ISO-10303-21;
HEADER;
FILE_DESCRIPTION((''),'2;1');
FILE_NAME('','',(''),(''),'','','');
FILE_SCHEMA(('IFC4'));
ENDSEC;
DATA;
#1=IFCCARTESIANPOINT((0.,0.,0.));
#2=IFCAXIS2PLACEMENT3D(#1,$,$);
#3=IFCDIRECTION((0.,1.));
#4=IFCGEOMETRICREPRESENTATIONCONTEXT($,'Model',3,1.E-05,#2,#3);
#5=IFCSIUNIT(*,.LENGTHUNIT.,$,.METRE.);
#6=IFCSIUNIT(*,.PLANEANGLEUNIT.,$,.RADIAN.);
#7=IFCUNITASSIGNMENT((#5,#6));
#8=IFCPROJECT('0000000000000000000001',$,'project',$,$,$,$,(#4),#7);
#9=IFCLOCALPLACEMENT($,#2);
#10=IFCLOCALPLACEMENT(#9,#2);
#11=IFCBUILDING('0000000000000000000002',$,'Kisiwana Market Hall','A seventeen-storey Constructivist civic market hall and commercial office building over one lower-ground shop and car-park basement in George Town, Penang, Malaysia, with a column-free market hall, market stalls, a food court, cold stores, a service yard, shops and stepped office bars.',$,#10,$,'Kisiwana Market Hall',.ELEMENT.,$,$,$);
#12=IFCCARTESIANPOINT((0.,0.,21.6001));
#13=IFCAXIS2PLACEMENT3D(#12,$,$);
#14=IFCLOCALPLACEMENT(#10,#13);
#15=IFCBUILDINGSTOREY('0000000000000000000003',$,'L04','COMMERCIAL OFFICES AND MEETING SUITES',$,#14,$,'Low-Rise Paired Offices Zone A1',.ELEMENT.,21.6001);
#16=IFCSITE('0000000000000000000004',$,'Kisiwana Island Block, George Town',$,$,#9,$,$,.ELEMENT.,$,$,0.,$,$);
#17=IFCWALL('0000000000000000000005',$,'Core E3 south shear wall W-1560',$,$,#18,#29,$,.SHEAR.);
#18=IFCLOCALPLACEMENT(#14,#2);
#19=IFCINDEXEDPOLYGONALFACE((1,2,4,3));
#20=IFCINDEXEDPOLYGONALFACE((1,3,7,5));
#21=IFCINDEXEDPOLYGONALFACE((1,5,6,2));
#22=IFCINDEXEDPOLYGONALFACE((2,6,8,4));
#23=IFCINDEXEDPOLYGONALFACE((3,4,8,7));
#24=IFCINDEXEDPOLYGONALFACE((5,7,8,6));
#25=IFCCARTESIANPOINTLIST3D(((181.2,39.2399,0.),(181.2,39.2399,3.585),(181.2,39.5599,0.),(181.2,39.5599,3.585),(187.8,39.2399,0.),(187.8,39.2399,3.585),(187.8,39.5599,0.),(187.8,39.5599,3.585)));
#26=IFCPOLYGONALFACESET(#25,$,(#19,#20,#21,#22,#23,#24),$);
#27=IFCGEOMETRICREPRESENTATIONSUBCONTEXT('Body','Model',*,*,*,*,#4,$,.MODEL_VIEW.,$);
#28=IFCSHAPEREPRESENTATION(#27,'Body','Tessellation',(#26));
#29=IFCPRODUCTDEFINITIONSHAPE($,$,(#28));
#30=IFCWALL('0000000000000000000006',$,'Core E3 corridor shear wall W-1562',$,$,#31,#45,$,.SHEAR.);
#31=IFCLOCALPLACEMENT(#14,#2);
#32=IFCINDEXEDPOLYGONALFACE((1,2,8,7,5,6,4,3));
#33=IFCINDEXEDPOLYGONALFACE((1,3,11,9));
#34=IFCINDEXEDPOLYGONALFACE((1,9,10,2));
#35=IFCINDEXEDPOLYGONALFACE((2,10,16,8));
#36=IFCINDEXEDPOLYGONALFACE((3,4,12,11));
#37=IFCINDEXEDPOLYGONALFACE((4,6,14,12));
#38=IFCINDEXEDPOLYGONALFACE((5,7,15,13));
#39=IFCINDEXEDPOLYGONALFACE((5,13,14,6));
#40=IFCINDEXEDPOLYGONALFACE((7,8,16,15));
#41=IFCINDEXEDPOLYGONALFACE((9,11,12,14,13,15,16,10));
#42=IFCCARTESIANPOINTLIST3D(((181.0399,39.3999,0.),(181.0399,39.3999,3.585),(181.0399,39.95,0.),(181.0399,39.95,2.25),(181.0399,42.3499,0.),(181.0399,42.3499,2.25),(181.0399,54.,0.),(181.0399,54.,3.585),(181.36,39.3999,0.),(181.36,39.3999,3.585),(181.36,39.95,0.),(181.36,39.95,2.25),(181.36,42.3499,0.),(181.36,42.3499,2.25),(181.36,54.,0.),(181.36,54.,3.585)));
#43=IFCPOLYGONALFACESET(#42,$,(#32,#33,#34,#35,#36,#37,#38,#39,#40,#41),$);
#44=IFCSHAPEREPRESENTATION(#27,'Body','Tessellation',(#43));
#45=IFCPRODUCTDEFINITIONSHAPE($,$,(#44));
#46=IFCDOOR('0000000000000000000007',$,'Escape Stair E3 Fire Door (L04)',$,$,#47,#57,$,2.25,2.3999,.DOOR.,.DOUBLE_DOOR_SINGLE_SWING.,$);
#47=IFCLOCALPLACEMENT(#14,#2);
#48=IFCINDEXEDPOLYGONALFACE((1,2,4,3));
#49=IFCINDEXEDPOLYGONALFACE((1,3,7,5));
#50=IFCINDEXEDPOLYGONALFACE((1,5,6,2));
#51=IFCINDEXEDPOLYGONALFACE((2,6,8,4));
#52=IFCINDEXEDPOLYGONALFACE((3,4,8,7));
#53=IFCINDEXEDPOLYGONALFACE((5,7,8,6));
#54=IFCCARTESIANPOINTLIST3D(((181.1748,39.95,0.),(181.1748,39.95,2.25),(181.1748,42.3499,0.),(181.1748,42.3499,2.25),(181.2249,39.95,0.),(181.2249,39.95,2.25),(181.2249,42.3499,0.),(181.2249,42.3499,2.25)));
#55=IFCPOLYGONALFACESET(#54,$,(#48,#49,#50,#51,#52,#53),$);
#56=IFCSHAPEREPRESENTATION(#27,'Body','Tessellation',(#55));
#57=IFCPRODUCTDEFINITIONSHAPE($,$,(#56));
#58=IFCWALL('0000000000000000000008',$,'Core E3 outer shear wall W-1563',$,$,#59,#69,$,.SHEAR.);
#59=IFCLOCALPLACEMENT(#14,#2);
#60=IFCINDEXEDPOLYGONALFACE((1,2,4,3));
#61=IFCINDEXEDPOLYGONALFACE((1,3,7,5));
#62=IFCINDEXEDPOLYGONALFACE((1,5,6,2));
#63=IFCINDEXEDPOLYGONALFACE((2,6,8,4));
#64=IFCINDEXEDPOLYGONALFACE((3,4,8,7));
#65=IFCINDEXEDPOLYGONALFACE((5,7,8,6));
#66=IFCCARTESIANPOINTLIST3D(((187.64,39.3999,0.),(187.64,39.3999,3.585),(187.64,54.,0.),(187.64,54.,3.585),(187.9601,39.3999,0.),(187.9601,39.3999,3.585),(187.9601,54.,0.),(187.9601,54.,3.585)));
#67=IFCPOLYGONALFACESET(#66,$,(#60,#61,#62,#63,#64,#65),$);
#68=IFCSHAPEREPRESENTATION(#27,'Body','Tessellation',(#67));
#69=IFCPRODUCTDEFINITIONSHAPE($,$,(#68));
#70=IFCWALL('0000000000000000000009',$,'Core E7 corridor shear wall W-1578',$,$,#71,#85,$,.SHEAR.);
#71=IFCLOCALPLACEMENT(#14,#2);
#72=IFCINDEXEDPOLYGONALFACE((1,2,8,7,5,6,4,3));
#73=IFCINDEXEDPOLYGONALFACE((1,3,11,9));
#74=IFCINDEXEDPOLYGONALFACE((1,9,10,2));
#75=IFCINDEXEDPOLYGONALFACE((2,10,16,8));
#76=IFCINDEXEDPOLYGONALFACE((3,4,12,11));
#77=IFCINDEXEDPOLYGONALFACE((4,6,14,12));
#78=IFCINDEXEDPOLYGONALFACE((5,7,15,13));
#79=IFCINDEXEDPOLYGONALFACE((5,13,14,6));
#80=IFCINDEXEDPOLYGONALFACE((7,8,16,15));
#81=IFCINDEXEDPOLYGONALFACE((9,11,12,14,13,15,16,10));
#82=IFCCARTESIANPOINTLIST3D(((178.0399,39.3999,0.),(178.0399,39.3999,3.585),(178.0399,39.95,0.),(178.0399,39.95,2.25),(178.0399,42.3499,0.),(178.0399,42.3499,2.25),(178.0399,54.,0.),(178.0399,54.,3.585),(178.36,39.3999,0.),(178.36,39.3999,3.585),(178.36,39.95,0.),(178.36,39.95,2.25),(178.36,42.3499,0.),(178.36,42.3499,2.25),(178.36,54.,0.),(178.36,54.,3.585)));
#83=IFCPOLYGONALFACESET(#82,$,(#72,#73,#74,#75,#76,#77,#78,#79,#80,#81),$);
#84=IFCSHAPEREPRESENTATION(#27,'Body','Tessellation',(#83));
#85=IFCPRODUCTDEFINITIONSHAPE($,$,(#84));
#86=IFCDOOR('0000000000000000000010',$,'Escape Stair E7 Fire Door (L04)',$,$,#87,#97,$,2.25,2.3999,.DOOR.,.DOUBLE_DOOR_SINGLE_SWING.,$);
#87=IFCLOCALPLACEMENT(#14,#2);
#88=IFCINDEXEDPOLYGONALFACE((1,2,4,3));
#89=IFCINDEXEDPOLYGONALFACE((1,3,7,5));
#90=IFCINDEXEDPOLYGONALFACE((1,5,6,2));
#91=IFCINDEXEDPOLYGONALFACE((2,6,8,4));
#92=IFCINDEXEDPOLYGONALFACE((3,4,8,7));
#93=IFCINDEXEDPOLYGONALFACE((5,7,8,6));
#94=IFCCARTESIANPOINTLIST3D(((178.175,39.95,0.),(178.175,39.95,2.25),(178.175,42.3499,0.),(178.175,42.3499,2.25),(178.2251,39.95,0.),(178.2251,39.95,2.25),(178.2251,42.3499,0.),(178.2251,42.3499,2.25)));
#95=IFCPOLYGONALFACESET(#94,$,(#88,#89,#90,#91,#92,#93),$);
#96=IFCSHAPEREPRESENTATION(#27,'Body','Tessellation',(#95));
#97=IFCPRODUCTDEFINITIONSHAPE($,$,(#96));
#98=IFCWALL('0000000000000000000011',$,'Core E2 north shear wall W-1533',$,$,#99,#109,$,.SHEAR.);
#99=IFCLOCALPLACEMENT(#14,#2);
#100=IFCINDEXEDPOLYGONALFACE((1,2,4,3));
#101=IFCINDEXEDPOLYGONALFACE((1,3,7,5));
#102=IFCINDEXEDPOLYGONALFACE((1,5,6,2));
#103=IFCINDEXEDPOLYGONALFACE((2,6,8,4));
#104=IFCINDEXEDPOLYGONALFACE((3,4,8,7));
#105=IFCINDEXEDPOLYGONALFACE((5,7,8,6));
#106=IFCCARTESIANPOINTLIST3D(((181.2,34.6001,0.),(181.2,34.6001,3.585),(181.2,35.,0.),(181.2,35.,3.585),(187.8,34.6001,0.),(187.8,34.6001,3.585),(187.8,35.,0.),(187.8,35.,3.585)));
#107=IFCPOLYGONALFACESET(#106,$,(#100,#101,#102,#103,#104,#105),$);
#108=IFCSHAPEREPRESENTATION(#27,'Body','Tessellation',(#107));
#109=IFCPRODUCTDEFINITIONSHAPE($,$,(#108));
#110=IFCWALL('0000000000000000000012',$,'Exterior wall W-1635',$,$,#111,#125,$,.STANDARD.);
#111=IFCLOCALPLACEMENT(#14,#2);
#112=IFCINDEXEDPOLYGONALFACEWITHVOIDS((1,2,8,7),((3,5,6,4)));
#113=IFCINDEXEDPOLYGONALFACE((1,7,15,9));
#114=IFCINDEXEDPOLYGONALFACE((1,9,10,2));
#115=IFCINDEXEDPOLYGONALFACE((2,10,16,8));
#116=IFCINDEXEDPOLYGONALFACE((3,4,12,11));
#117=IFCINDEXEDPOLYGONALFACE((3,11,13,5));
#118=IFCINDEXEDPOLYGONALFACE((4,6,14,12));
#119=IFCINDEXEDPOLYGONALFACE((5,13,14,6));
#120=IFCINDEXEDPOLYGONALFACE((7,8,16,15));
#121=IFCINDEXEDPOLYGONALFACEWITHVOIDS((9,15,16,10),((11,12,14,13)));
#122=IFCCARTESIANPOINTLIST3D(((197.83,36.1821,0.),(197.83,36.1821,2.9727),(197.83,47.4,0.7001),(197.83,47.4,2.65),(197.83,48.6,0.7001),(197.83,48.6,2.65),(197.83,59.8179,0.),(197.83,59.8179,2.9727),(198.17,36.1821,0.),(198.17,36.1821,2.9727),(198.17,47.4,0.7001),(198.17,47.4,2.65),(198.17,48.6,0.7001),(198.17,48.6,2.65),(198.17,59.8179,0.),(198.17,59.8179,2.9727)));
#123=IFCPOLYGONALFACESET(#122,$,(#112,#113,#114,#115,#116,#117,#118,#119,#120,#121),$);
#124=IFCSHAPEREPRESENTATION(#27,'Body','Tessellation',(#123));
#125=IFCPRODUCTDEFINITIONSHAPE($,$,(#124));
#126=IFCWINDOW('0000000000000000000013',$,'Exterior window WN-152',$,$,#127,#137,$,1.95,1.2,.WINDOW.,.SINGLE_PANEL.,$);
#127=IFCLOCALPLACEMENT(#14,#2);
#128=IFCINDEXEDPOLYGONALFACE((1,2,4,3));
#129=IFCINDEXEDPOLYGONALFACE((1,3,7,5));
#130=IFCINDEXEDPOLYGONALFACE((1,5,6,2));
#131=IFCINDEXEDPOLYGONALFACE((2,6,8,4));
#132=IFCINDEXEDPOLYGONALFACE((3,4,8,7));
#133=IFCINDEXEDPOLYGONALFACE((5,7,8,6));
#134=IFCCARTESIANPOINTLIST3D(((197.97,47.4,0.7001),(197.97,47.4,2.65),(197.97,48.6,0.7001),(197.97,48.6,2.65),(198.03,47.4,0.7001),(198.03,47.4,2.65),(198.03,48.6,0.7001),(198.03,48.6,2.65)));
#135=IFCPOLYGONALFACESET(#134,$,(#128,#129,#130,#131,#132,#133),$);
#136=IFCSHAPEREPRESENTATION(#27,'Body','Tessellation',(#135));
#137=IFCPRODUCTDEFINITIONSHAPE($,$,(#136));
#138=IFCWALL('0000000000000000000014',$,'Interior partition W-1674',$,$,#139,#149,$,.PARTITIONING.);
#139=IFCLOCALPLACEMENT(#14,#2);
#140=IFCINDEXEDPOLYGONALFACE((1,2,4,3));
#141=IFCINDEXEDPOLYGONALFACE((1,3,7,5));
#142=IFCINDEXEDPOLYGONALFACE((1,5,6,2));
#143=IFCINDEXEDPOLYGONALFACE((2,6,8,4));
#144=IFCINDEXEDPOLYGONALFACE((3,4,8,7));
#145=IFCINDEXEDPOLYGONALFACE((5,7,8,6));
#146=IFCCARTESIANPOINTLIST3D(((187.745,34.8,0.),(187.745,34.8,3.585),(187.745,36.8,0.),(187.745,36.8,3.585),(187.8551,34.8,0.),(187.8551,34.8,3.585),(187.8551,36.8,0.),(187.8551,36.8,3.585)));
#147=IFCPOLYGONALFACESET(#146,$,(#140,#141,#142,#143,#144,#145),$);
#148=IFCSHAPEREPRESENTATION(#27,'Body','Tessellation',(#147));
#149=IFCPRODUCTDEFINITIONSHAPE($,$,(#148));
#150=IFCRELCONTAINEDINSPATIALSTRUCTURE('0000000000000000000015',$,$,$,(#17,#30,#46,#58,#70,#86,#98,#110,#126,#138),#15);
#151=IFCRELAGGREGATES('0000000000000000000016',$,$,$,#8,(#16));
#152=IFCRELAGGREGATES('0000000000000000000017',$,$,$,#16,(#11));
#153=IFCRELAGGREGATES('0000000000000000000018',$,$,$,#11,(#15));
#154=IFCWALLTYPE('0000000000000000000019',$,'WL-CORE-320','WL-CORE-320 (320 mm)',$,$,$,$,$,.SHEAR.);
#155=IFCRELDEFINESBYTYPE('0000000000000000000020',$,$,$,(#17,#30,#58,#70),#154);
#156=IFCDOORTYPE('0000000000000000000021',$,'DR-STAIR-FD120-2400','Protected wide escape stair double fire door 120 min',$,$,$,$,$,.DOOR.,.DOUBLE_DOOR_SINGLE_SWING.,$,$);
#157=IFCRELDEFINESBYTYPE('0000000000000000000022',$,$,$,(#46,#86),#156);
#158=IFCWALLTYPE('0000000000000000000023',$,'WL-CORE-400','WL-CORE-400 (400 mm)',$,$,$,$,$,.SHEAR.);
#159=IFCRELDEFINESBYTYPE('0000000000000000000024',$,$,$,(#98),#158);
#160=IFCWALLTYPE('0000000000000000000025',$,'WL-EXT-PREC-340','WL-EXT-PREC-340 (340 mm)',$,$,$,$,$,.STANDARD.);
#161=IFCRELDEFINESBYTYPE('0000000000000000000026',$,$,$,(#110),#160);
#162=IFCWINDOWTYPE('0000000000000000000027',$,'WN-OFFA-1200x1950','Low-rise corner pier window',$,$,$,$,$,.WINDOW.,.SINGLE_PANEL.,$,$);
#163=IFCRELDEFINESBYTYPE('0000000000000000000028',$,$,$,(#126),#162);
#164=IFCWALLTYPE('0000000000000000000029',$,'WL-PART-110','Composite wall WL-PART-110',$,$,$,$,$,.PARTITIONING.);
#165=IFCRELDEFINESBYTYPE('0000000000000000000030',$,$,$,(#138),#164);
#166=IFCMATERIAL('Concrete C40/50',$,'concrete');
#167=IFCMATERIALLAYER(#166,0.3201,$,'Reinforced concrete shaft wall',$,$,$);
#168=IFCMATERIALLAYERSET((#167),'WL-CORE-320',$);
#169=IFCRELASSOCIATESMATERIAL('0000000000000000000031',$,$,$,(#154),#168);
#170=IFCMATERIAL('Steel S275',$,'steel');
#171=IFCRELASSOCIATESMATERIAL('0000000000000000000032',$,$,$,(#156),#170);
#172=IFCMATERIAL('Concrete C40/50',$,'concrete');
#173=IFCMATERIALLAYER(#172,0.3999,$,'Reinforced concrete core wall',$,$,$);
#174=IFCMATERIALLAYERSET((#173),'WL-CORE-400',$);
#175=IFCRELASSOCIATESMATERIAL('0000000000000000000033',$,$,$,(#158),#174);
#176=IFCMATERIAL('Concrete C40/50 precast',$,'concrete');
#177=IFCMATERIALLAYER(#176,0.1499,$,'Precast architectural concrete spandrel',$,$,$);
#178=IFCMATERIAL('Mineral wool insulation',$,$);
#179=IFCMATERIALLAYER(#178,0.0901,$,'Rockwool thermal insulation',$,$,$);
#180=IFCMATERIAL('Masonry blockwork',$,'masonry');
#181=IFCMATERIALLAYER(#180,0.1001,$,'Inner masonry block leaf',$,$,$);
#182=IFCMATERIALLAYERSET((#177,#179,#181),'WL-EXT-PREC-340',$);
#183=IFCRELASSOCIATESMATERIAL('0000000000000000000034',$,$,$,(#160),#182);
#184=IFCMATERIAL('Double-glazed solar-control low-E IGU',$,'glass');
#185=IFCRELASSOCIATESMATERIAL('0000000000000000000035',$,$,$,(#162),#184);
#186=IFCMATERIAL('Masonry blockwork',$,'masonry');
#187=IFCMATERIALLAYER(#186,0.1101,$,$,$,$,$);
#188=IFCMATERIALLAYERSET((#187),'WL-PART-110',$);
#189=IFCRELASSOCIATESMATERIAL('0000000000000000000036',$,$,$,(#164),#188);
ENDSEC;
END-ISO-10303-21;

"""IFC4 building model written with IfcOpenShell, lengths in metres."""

from ifc_helpers import new_model, si_unit, direction, frame, frame_2d, origin, place, context, subcontext, project, spatial, rectangle, extrude, material, layer, layer_set, type_object, element, fill, save


model = new_model("IFC4")

# Units and contexts
model_context = context("Model", 3, precision=1e-05, world=origin(), true_north=direction((0.0, 1.0)))
body_context = subcontext(model_context, "Body", "Model", "MODEL_VIEW")
ifc_project = project(units=[si_unit("LENGTHUNIT", "METRE"), si_unit("PLANEANGLEUNIT", "RADIAN")], contexts=[model_context])

# Site, building, storey
site_placement = place(None, origin())
site = spatial("IfcSite", under=ifc_project, at=site_placement, Name="Kisiwana Island Block, George Town", CompositionType="ELEMENT", RefElevation=0.0)
building_placement = place(site_placement, origin())
building = spatial("IfcBuilding", under=site, at=building_placement, Name="Kisiwana Market Hall", Description="A seventeen-storey Constructivist civic market hall and commercial office building over one lower-ground shop and car-park basement in George Town, Penang, Malaysia, with a column-free market hall, market stalls, a food court, cold stores, a service yard, shops and stepped office bars.", LongName="Kisiwana Market Hall", CompositionType="ELEMENT")
storey_placement = place(building_placement, frame((0.0, 0.0, 21.6001)))
storey = spatial("IfcBuildingStorey", under=building, at=storey_placement, Name="L04", Description="COMMERCIAL OFFICES AND MEETING SUITES", LongName="Low-Rise Paired Offices Zone A1", CompositionType="ELEMENT", Elevation=21.6001)

# Shared definitions
ifc_material_1 = material(Name="Concrete C40/50", Category="concrete")
ifc_layer_1 = layer(ifc_material_1, 0.3201, Name="Reinforced concrete shaft wall")
ifc_layer_set_1 = layer_set([ifc_layer_1], Name="WL-CORE-320")
wall_type_1 = type_object("IfcWallType", Name="WL-CORE-320", Description="WL-CORE-320 (320 mm)", PredefinedType="SHEAR", material=ifc_layer_set_1)

# Wall
wall_1_placement = place(storey_placement, frame((181.2, 39.3999, 0.0), z_axis=(0.0, 0.0, 1.0), x_axis=(1.0, 0.0, 0.0)))
element("IfcWall", 1, at=wall_1_placement, inside=storey, type_object=wall_type_1, Name="Core E3 south shear wall W-1560", PredefinedType="SHEAR", context=body_context, shape_type="SweptSolid", body=[
    extrude(rectangle(XDim=6.6001, YDim=0.3201, at=frame_2d((3.3, 0.0))), origin(), (0.0, 0.0, 1.0), 3.585),
])

# Wall, opening, door
wall_2_placement = place(storey_placement, frame((181.2, 39.3999, 0.0), z_axis=(0.0, 0.0, 1.0), x_axis=(0.0, 1.0, 0.0)))
wall_2 = element("IfcWall", 2, at=wall_2_placement, inside=storey, type_object=wall_type_1, Name="Core E3 corridor shear wall W-1562", PredefinedType="SHEAR", context=body_context, shape_type="SweptSolid", body=[
    extrude(rectangle(XDim=14.6001, YDim=0.3201, at=frame_2d((7.3, 0.0))), origin(), (0.0, 0.0, 1.0), 3.585),
])
opening_1_placement = place(wall_2_placement, frame((0.55, 0.0, 0.0)))
opening_1 = element("IfcOpeningElement", 3, at=opening_1_placement, cuts=wall_2, PredefinedType="OPENING", context=body_context, shape_type="SweptSolid", body=[
    extrude(rectangle(XDim=2.3999, YDim=2.25, at=frame_2d((1.2, 1.125))), frame((0.0, 0.1719, 0.0), z_axis=(0.0, -1.0, 0.0), x_axis=(1.0, 0.0, 0.0)), (0.0, 0.0, 1.0), 0.344),
])
ifc_material_2 = material(Name="Steel S275", Category="steel")
door_type_1 = type_object("IfcDoorType", Name="DR-STAIR-FD120-2400", Description="Protected wide escape stair double fire door 120 min", OperationType="DOUBLE_DOOR_SINGLE_SWING", PredefinedType="DOOR", material=ifc_material_2)
door_1_placement = place(opening_1_placement, frame((2.3999, 0.0, 0.0), z_axis=(0.0, 0.0, 1.0), x_axis=(-1.0, 0.0, 0.0)))
door_1 = element("IfcDoor", 4, at=door_1_placement, inside=storey, type_object=door_type_1, Name="Escape Stair E3 Fire Door (L04)", OperationType="DOUBLE_DOOR_SINGLE_SWING", OverallHeight=2.25, OverallWidth=2.3999, PredefinedType="DOOR", context=body_context, shape_type="SweptSolid", body=[
    extrude(rectangle(XDim=2.3999, YDim=2.25, at=frame_2d((1.2, 1.125))), frame((0.0, 0.0249, 0.0), z_axis=(0.0, -1.0, 0.0), x_axis=(1.0, 0.0, 0.0)), (0.0, 0.0, 1.0), 0.05),
])
fill(opening_1, door_1)

# Wall
wall_3_placement = place(storey_placement, frame((187.8, 39.3999, 0.0), z_axis=(0.0, 0.0, 1.0), x_axis=(0.0, 1.0, 0.0)))
element("IfcWall", 5, at=wall_3_placement, inside=storey, type_object=wall_type_1, Name="Core E3 outer shear wall W-1563", PredefinedType="SHEAR", context=body_context, shape_type="SweptSolid", body=[
    extrude(rectangle(XDim=14.6001, YDim=0.3201, at=frame_2d((7.3, 0.0))), origin(), (0.0, 0.0, 1.0), 3.585),
])

# Wall, opening, door
wall_4_placement = place(storey_placement, frame((178.2, 39.3999, 0.0), z_axis=(0.0, 0.0, 1.0), x_axis=(0.0, 1.0, 0.0)))
wall_4 = element("IfcWall", 6, at=wall_4_placement, inside=storey, type_object=wall_type_1, Name="Core E7 corridor shear wall W-1578", PredefinedType="SHEAR", context=body_context, shape_type="SweptSolid", body=[
    extrude(rectangle(XDim=14.6001, YDim=0.3201, at=frame_2d((7.3, 0.0))), origin(), (0.0, 0.0, 1.0), 3.585),
])
opening_2_placement = place(wall_4_placement, frame((0.55, 0.0, 0.0)))
opening_2 = element("IfcOpeningElement", 7, at=opening_2_placement, cuts=wall_4, PredefinedType="OPENING", context=body_context, shape_type="SweptSolid", body=[
    extrude(rectangle(XDim=2.3999, YDim=2.25, at=frame_2d((1.2, 1.125))), frame((0.0, 0.1719, 0.0), z_axis=(0.0, -1.0, 0.0), x_axis=(1.0, 0.0, 0.0)), (0.0, 0.0, 1.0), 0.344),
])
door_2_placement = place(opening_2_placement, origin())
door_2 = element("IfcDoor", 8, at=door_2_placement, inside=storey, type_object=door_type_1, Name="Escape Stair E7 Fire Door (L04)", OperationType="DOUBLE_DOOR_SINGLE_SWING", OverallHeight=2.25, OverallWidth=2.3999, PredefinedType="DOOR", context=body_context, shape_type="SweptSolid", body=[
    extrude(rectangle(XDim=2.3999, YDim=2.25, at=frame_2d((1.2, 1.125))), frame((0.0, 0.0249, 0.0), z_axis=(0.0, -1.0, 0.0), x_axis=(1.0, 0.0, 0.0)), (0.0, 0.0, 1.0), 0.05),
])
fill(opening_2, door_2)

# Wall
ifc_material_3 = material(Name="Concrete C40/50", Category="concrete")
ifc_layer_2 = layer(ifc_material_3, 0.3999, Name="Reinforced concrete core wall")
ifc_layer_set_2 = layer_set([ifc_layer_2], Name="WL-CORE-400")
wall_type_2 = type_object("IfcWallType", Name="WL-CORE-400", Description="WL-CORE-400 (400 mm)", PredefinedType="SHEAR", material=ifc_layer_set_2)
wall_5_placement = place(storey_placement, frame((181.2, 34.8, 0.0), z_axis=(0.0, 0.0, 1.0), x_axis=(1.0, 0.0, 0.0)))
element("IfcWall", 9, at=wall_5_placement, inside=storey, type_object=wall_type_2, Name="Core E2 north shear wall W-1533", PredefinedType="SHEAR", context=body_context, shape_type="SweptSolid", body=[
    extrude(rectangle(XDim=6.6001, YDim=0.3999, at=frame_2d((3.3, 0.0))), origin(), (0.0, 0.0, 1.0), 3.585),
])

# Wall, opening, window
ifc_material_4 = material(Name="Concrete C40/50 precast", Category="concrete")
ifc_layer_3 = layer(ifc_material_4, 0.1499, Name="Precast architectural concrete spandrel")
ifc_material_5 = material(Name="Mineral wool insulation")
ifc_layer_4 = layer(ifc_material_5, 0.0901, Name="Rockwool thermal insulation")
ifc_material_6 = material(Name="Masonry blockwork", Category="masonry")
ifc_layer_5 = layer(ifc_material_6, 0.1001, Name="Inner masonry block leaf")
ifc_layer_set_3 = layer_set([ifc_layer_3, ifc_layer_4, ifc_layer_5], Name="WL-EXT-PREC-340")
wall_type_3 = type_object("IfcWallType", Name="WL-EXT-PREC-340", Description="WL-EXT-PREC-340 (340 mm)", PredefinedType="STANDARD", material=ifc_layer_set_3)
wall_6_placement = place(storey_placement, frame((198.0, 36.1821, 0.0), z_axis=(0.0, 0.0, 1.0), x_axis=(0.0, 1.0, 0.0)))
wall_6 = element("IfcWall", 10, at=wall_6_placement, inside=storey, type_object=wall_type_3, Name="Exterior wall W-1635", PredefinedType="STANDARD", context=body_context, shape_type="SweptSolid", body=[
    extrude(rectangle(XDim=23.6357, YDim=0.3401, at=frame_2d((11.8179, 0.0))), origin(), (0.0, 0.0, 1.0), 2.9727),
])
opening_3_placement = place(wall_6_placement, frame((11.2178, 0.0, 0.7)))
opening_3 = element("IfcOpeningElement", 11, at=opening_3_placement, cuts=wall_6, PredefinedType="OPENING", context=body_context, shape_type="SweptSolid", body=[
    extrude(rectangle(XDim=1.2, YDim=1.95, at=frame_2d((0.6001, 0.9751))), frame((0.0, 0.1821, 0.0), z_axis=(0.0, -1.0, 0.0), x_axis=(1.0, 0.0, 0.0)), (0.0, 0.0, 1.0), 0.364),
])
ifc_material_7 = material(Name="Double-glazed solar-control low-E IGU", Category="glass")
window_type = type_object("IfcWindowType", Name="WN-OFFA-1200x1950", Description="Low-rise corner pier window", PartitioningType="SINGLE_PANEL", PredefinedType="WINDOW", material=ifc_material_7)
window_placement = place(opening_3_placement, origin())
window = element("IfcWindow", 12, at=window_placement, inside=storey, type_object=window_type, Name="Exterior window WN-152", OverallHeight=1.95, OverallWidth=1.2, PartitioningType="SINGLE_PANEL", PredefinedType="WINDOW", context=body_context, shape_type="SweptSolid", body=[
    extrude(rectangle(XDim=1.2, YDim=1.95, at=frame_2d((0.6001, 0.9751))), frame((0.0, 0.03, 0.0), z_axis=(0.0, -1.0, 0.0), x_axis=(1.0, 0.0, 0.0)), (0.0, 0.0, 1.0), 0.0601),
])
fill(opening_3, window)

# Wall
ifc_material_8 = material(Name="Masonry blockwork", Category="masonry")
ifc_layer_6 = layer(ifc_material_8, 0.1101)
ifc_layer_set_4 = layer_set([ifc_layer_6], Name="WL-PART-110")
wall_type_4 = type_object("IfcWallType", Name="WL-PART-110", Description="Composite wall WL-PART-110", PredefinedType="PARTITIONING", material=ifc_layer_set_4)
wall_7_placement = place(storey_placement, frame((187.8, 34.8, 0.0), z_axis=(0.0, 0.0, 1.0), x_axis=(0.0, 1.0, 0.0)))
element("IfcWall", 13, at=wall_7_placement, inside=storey, type_object=wall_type_4, Name="Interior partition W-1674", PredefinedType="PARTITIONING", context=body_context, shape_type="SweptSolid", body=[
    extrude(rectangle(XDim=2.0, YDim=0.1101, at=frame_2d((1.0, 0.0))), origin(), (0.0, 0.0, 1.0), 3.585),
])

save(model, "model.ifc")
